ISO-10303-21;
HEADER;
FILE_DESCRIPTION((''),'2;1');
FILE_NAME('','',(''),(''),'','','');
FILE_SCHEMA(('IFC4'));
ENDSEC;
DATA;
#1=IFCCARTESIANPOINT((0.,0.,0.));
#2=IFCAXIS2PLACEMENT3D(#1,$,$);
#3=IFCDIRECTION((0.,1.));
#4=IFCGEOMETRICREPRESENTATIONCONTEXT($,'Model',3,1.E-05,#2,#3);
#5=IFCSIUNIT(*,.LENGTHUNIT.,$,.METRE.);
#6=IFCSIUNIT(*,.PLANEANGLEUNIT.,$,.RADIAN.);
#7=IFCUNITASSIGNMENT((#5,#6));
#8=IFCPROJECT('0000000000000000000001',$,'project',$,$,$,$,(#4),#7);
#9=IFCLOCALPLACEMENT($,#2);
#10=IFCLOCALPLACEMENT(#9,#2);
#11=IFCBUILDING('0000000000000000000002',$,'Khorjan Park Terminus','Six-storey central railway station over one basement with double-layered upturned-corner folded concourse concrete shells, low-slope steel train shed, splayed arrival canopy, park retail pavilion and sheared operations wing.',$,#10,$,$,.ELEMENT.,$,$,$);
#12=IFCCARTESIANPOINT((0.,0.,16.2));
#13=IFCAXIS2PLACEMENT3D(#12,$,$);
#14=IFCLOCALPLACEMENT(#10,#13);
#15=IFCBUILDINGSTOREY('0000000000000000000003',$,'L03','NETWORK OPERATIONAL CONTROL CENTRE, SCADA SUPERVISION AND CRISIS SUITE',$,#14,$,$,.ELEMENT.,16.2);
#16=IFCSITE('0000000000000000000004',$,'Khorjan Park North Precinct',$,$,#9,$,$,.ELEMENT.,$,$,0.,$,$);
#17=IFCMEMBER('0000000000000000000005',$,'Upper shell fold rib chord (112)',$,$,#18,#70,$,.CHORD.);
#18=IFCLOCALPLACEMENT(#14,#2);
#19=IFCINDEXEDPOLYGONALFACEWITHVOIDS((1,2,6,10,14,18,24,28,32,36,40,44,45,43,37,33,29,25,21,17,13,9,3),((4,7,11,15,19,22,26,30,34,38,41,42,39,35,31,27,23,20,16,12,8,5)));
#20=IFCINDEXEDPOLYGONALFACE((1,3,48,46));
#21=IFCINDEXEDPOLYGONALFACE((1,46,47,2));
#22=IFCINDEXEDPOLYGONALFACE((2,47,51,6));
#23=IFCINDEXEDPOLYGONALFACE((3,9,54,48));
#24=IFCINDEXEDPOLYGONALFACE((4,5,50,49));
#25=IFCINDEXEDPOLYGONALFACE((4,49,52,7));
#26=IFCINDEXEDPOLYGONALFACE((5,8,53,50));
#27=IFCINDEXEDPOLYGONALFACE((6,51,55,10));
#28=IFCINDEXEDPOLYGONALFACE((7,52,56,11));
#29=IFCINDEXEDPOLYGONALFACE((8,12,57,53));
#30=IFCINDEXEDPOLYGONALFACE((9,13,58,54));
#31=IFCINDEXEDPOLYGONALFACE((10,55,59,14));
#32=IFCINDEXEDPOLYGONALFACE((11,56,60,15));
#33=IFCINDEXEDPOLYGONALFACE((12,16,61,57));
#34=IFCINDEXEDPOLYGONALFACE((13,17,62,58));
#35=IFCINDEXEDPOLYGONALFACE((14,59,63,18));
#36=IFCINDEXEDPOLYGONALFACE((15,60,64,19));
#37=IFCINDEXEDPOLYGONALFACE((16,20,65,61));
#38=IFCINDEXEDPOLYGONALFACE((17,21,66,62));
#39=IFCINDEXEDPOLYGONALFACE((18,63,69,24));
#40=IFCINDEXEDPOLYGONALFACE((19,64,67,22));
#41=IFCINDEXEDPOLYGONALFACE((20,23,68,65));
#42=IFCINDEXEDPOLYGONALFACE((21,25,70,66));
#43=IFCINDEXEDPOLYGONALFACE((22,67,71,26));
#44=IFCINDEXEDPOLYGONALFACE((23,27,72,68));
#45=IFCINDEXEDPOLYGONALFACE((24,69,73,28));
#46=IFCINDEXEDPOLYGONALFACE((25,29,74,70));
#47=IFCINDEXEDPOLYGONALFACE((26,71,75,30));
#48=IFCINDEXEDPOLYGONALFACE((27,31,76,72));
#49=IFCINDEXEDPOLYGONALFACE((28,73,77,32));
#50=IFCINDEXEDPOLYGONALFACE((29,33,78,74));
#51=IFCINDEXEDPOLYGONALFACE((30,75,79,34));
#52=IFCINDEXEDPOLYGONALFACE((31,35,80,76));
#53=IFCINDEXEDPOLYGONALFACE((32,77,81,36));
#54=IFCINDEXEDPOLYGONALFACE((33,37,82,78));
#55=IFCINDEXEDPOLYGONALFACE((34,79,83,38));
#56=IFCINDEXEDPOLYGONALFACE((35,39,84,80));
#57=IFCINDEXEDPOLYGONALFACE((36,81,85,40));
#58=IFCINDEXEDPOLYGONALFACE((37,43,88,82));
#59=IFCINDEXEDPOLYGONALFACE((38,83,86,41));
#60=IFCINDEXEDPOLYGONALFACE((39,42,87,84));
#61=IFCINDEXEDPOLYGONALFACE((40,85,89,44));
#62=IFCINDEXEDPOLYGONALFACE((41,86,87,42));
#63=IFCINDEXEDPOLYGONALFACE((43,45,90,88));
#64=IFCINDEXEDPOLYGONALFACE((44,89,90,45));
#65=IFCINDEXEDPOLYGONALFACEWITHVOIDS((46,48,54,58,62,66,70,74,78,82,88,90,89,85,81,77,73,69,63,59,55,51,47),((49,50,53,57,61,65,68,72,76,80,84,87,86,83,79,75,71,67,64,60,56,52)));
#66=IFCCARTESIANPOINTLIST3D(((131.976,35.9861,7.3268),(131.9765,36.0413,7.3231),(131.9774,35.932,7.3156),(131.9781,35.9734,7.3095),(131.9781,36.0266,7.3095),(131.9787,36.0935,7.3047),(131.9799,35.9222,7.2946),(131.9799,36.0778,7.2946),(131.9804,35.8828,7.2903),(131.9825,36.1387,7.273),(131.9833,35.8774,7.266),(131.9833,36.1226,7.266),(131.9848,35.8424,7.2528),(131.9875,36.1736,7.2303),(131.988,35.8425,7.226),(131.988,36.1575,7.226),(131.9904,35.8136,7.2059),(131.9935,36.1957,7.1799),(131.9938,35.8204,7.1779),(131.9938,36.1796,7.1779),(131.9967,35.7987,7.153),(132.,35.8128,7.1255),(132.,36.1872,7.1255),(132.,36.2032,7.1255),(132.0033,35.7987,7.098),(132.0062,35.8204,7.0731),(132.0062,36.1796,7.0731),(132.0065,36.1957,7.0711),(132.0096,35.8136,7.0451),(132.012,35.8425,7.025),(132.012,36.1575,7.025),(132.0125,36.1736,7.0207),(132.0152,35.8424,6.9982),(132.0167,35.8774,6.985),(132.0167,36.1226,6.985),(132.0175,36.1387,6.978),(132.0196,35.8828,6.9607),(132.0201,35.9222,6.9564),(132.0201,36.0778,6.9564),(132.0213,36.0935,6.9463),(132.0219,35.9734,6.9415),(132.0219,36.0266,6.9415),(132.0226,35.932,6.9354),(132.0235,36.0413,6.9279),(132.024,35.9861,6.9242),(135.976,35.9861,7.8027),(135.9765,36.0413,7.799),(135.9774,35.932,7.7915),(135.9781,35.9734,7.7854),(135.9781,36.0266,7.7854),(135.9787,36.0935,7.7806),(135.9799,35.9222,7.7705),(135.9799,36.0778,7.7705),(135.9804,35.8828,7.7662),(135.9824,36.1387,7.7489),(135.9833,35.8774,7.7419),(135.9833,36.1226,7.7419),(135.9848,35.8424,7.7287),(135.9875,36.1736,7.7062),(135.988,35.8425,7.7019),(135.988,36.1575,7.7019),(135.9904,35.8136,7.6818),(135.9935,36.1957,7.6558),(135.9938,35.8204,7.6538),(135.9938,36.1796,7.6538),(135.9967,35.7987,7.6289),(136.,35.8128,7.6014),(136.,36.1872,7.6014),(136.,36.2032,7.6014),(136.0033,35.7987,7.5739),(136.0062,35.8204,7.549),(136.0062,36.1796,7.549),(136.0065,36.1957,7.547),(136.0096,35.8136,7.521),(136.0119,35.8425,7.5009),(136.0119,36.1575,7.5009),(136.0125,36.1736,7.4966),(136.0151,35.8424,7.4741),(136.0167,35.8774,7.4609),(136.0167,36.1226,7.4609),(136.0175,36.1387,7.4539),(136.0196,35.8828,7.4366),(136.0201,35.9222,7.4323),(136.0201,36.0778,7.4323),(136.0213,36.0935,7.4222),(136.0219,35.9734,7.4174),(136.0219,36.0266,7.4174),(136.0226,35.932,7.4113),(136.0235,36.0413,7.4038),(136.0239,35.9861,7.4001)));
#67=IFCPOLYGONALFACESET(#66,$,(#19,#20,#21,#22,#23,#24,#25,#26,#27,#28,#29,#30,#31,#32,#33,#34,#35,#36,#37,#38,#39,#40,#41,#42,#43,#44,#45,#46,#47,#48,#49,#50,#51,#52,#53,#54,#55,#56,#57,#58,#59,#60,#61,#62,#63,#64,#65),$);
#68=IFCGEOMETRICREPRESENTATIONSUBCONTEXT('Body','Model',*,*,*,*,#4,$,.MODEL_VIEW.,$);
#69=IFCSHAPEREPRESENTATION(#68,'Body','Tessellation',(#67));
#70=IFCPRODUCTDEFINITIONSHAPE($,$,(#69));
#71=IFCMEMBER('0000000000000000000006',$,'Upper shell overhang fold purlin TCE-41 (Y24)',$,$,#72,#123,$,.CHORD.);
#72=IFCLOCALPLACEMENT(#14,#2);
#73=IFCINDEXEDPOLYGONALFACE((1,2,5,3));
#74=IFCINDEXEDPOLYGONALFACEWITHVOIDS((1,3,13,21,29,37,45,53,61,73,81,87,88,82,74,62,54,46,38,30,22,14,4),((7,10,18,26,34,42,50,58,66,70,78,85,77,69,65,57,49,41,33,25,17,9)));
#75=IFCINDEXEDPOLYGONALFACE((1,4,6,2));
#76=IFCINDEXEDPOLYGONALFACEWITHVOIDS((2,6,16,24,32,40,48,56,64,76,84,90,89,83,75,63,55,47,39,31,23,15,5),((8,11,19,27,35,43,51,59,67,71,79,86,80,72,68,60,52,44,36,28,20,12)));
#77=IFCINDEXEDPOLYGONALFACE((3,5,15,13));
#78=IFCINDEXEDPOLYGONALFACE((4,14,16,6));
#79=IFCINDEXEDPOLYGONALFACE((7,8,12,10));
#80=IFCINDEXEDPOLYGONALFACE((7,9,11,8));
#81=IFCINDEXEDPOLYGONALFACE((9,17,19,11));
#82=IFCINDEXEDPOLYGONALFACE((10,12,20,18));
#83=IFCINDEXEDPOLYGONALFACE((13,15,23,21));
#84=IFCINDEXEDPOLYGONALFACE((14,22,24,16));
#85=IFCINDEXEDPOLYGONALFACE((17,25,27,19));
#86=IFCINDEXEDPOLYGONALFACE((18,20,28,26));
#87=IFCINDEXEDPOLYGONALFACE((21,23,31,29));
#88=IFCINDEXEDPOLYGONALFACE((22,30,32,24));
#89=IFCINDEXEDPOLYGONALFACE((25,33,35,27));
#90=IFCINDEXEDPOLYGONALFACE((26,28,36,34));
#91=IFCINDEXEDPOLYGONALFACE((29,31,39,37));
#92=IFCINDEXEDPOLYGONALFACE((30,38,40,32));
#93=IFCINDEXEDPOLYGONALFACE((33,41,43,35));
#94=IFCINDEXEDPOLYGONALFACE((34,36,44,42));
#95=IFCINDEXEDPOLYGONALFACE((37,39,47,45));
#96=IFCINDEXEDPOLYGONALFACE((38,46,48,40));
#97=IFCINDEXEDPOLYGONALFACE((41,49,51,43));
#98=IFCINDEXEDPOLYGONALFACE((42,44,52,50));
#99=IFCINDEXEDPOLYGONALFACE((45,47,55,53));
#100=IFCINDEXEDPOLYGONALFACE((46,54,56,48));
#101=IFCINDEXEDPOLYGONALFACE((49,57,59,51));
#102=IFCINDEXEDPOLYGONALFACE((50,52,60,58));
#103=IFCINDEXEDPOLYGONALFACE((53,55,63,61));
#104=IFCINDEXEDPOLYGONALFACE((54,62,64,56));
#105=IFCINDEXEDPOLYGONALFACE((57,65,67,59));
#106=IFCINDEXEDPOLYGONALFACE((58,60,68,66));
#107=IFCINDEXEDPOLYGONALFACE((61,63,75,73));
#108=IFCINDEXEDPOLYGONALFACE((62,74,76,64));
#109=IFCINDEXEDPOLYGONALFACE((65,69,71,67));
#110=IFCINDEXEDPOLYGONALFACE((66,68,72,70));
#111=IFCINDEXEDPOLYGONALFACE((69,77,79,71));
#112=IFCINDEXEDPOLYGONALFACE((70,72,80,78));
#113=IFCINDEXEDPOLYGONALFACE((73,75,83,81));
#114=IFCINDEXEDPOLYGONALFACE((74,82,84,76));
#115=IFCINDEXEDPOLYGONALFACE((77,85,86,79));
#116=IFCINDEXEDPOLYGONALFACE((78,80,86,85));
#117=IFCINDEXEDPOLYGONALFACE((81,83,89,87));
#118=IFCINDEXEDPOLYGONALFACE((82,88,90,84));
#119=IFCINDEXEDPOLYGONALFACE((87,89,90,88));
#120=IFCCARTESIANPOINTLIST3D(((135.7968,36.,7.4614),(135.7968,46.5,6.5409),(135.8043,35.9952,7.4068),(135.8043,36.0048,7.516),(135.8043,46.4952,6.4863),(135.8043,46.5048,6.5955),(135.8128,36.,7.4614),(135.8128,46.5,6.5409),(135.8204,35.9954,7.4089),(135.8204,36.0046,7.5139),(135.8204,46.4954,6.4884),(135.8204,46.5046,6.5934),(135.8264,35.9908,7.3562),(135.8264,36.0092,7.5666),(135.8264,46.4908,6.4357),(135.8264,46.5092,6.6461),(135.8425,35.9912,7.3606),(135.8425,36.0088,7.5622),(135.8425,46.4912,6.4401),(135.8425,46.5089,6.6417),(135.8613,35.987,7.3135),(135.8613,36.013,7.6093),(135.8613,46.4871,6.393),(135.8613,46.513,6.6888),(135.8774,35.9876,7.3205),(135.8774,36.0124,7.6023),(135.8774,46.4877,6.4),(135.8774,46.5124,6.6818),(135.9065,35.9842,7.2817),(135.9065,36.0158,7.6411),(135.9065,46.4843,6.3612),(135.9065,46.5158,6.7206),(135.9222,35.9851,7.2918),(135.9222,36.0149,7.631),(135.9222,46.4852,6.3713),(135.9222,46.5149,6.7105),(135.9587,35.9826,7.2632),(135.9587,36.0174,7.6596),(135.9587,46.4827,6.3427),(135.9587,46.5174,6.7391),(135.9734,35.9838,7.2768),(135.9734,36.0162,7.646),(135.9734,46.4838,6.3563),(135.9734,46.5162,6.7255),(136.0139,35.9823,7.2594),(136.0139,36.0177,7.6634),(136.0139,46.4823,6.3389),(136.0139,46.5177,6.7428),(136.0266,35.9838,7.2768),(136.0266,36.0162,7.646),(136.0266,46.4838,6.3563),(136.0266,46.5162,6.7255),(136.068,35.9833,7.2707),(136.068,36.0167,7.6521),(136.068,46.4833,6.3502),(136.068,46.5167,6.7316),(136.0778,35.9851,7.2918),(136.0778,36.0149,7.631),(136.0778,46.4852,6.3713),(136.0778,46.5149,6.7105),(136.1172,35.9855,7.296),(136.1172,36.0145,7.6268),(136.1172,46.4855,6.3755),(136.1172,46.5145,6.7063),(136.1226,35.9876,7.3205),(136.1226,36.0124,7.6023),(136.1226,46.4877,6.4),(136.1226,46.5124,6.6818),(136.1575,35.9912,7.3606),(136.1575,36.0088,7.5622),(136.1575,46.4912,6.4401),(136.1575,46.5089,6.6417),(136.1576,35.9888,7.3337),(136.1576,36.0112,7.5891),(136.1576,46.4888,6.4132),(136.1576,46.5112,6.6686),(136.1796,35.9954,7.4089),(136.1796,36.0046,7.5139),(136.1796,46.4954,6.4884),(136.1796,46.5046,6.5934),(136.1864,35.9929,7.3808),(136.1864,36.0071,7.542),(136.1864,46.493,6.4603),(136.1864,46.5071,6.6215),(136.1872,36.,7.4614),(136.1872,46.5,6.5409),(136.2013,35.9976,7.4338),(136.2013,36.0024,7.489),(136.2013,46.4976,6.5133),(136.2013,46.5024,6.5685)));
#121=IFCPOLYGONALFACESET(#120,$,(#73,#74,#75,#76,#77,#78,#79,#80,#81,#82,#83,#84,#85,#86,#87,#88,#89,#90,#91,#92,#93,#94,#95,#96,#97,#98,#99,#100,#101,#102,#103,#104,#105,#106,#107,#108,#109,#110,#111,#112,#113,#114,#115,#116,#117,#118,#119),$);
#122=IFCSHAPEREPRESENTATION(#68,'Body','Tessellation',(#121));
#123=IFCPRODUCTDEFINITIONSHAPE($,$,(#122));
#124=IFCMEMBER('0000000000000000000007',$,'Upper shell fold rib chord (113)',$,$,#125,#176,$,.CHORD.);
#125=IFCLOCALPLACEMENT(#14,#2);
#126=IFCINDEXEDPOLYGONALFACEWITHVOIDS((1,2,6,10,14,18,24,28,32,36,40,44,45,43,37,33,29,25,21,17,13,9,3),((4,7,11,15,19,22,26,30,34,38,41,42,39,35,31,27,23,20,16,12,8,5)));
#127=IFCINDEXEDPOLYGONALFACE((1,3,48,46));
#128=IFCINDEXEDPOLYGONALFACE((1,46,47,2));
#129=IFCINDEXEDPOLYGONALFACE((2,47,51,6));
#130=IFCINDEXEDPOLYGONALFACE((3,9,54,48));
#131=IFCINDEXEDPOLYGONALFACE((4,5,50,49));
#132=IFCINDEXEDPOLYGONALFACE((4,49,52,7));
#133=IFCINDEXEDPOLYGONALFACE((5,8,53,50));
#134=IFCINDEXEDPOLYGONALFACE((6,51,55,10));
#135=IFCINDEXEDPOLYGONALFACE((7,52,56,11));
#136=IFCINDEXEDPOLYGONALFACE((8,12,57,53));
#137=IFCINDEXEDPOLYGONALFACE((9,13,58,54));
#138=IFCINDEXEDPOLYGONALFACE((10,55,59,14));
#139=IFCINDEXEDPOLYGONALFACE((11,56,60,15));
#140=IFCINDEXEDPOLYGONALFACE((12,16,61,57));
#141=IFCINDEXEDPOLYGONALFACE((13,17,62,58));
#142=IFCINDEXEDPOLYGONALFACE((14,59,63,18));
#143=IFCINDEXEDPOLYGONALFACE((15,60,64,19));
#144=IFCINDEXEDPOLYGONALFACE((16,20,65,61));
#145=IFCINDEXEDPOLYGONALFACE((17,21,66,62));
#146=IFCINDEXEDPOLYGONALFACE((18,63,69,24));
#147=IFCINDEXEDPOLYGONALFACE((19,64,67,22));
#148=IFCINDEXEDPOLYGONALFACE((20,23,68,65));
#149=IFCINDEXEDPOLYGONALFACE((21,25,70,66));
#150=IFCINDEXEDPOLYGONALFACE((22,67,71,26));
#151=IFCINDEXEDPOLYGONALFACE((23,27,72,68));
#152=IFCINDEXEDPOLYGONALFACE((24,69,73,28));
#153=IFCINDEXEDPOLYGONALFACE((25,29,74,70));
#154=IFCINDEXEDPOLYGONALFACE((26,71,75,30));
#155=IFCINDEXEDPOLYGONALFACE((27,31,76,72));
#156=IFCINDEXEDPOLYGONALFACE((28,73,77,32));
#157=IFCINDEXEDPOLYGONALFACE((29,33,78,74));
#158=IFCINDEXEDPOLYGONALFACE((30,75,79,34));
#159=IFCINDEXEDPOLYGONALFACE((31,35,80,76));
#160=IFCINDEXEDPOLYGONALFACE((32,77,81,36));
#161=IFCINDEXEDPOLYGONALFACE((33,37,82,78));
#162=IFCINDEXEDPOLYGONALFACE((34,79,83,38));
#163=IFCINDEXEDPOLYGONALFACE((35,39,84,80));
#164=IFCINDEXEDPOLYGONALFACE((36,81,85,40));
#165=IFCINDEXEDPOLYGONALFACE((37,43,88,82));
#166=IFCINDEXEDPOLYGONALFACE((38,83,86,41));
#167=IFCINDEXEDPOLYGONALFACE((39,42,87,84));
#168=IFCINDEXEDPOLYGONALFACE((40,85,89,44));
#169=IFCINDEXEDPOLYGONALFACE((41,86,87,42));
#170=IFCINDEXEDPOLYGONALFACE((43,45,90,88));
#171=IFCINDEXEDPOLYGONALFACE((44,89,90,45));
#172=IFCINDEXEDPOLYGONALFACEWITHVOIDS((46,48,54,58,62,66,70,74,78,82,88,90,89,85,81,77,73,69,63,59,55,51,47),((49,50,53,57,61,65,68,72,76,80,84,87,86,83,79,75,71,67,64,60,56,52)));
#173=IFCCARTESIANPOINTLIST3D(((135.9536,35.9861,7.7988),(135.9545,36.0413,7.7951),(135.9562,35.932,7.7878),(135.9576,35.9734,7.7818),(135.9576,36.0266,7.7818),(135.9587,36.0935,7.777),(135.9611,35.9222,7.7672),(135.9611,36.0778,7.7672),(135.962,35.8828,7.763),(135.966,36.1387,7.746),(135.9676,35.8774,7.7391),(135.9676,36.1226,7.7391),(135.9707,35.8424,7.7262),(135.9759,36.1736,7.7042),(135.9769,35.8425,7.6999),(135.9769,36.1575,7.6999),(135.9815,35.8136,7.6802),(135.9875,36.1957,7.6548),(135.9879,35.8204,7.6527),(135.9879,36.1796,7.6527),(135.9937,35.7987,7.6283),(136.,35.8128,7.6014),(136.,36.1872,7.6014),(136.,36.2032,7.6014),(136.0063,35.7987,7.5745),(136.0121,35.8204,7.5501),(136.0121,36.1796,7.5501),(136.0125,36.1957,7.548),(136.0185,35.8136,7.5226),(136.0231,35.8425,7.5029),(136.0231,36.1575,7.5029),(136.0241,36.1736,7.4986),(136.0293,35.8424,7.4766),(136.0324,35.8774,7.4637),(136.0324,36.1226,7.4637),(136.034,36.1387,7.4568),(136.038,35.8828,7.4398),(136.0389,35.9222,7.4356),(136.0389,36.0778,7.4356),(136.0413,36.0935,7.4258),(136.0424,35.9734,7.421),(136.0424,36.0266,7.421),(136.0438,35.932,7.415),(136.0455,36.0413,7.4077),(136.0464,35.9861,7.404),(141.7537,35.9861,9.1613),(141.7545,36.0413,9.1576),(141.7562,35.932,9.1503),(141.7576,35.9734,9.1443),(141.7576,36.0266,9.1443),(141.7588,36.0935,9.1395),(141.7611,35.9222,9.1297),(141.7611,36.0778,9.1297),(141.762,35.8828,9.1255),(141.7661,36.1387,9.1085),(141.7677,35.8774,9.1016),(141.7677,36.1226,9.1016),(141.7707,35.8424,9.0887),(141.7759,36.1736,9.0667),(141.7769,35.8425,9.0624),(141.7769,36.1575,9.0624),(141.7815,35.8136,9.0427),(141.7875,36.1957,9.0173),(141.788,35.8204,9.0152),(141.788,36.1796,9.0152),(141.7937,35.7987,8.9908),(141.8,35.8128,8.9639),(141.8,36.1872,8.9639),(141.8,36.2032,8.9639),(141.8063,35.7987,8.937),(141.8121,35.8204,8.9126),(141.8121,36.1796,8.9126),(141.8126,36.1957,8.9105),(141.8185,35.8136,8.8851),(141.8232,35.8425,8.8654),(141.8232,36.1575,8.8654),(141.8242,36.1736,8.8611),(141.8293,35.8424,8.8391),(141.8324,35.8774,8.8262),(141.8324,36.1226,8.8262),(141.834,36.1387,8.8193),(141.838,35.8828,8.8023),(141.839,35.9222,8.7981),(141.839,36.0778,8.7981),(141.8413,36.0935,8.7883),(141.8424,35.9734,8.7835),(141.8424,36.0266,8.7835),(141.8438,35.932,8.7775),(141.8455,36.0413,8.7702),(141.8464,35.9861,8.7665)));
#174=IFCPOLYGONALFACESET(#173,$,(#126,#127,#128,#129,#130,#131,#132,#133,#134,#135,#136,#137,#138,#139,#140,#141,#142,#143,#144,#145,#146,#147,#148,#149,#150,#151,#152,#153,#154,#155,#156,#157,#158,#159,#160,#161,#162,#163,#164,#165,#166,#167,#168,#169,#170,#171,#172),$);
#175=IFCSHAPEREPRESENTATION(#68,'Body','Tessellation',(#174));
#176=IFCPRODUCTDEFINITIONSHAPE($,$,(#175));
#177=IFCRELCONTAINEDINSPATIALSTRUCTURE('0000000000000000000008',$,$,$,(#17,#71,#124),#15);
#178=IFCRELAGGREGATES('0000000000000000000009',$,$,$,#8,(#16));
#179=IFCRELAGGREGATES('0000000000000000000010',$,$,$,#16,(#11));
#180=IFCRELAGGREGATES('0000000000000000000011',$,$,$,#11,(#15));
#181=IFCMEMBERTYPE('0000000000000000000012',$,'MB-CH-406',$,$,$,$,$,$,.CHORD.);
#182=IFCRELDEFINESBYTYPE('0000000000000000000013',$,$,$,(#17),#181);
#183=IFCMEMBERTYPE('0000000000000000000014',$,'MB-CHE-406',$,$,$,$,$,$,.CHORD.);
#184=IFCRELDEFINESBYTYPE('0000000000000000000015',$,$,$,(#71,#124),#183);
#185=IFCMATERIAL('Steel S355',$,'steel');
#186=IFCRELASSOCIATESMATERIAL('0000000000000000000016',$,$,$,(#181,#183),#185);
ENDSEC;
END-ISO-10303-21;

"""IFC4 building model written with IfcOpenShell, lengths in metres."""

from ifc_helpers import new_model, si_unit, direction, frame, origin, origin_2d, place, context, subcontext, project, spatial, hollow_circle, extrude, material, material_profile, profile_set, type_object, element, save


model = new_model("IFC4")

# Units and contexts
model_context = context("Model", 3, precision=1e-05, world=origin(), true_north=direction((0.0, 1.0)))
body_context = subcontext(model_context, "Body", "Model", "MODEL_VIEW")
ifc_project = project(units=[si_unit("LENGTHUNIT", "METRE"), si_unit("PLANEANGLEUNIT", "RADIAN")], contexts=[model_context])

# Site, building, storey
site_placement = place(None, origin())
site = spatial("IfcSite", under=ifc_project, at=site_placement, Name="Khorjan Park North Precinct", CompositionType="ELEMENT", RefElevation=0.0)
building_placement = place(site_placement, origin())
building = spatial("IfcBuilding", under=site, at=building_placement, Name="Khorjan Park Terminus", Description="Six-storey central railway station over one basement with double-layered upturned-corner folded concourse concrete shells, low-slope steel train shed, splayed arrival canopy, park retail pavilion and sheared operations wing.", CompositionType="ELEMENT")
storey_placement = place(building_placement, frame((0.0, 0.0, 16.2)))
storey = spatial("IfcBuildingStorey", under=building, at=storey_placement, Name="L03", Description="NETWORK OPERATIONAL CONTROL CENTRE, SCADA SUPERVISION AND CRISIS SUITE", CompositionType="ELEMENT", Elevation=16.2)

# Members
ifc_material_1 = material(Name="Steel S355", Category="steel")
ifc_material_profile_1 = material_profile(ifc_material_1, hollow_circle(Radius=0.2032, WallThickness=0.016, at=origin_2d()), Name="CHS 406.4x16")
ifc_profile_set_1 = profile_set([ifc_material_profile_1], Name="Steel S355")
member_type_1 = type_object("IfcMemberType", Name="MB-CH-406", PredefinedType="CHORD", material=ifc_profile_set_1)
member_1_placement = place(storey_placement, frame((132.0, 36.0, 7.1255), z_axis=(0.992997, 0.0, 0.118142), x_axis=(0.0, 1.0, 0.0)))
element("IfcMember", 1, at=member_1_placement, inside=storey, type_object=member_type_1, Name="Upper shell fold rib chord (112)", PredefinedType="CHORD", context=body_context, shape_type="SweptSolid", body=[
    extrude(hollow_circle(Radius=0.2032, WallThickness=0.016, at=origin_2d()), origin(), (0.0, 0.0, 1.0), 4.0282),
])
ifc_material_profile_2 = material_profile(ifc_material_1, hollow_circle(Radius=0.2032, WallThickness=0.016, at=origin_2d()), Name="CHS 406.4x16")
ifc_profile_set_2 = profile_set([ifc_material_profile_2], Name="Steel S355")
member_type_2 = type_object("IfcMemberType", Name="MB-CHE-406", PredefinedType="CHORD", material=ifc_profile_set_2)
member_2_placement = place(storey_placement, frame((136.0, 36.0, 7.4614), z_axis=(0.0, 0.996179, -0.087332), x_axis=(-1.0, 0.0, 0.0)))
element("IfcMember", 2, at=member_2_placement, inside=storey, type_object=member_type_2, Name="Upper shell overhang fold purlin TCE-41 (Y24)", PredefinedType="CHORD", context=body_context, shape_type="SweptSolid", body=[
    extrude(hollow_circle(Radius=0.2032, WallThickness=0.016, at=origin_2d()), origin(), (0.0, 0.0, 1.0), 10.5403),
])
member_3_placement = place(storey_placement, frame((136.0, 36.0, 7.6014), z_axis=(0.9735, 0.0, 0.228688), x_axis=(0.0, 1.0, 0.0)))
element("IfcMember", 3, at=member_3_placement, inside=storey, type_object=member_type_2, Name="Upper shell fold rib chord (113)", PredefinedType="CHORD", context=body_context, shape_type="SweptSolid", body=[
    extrude(hollow_circle(Radius=0.2032, WallThickness=0.016, at=origin_2d()), origin(), (0.0, 0.0, 1.0), 5.9579),
])

save(model, "model.ifc")
